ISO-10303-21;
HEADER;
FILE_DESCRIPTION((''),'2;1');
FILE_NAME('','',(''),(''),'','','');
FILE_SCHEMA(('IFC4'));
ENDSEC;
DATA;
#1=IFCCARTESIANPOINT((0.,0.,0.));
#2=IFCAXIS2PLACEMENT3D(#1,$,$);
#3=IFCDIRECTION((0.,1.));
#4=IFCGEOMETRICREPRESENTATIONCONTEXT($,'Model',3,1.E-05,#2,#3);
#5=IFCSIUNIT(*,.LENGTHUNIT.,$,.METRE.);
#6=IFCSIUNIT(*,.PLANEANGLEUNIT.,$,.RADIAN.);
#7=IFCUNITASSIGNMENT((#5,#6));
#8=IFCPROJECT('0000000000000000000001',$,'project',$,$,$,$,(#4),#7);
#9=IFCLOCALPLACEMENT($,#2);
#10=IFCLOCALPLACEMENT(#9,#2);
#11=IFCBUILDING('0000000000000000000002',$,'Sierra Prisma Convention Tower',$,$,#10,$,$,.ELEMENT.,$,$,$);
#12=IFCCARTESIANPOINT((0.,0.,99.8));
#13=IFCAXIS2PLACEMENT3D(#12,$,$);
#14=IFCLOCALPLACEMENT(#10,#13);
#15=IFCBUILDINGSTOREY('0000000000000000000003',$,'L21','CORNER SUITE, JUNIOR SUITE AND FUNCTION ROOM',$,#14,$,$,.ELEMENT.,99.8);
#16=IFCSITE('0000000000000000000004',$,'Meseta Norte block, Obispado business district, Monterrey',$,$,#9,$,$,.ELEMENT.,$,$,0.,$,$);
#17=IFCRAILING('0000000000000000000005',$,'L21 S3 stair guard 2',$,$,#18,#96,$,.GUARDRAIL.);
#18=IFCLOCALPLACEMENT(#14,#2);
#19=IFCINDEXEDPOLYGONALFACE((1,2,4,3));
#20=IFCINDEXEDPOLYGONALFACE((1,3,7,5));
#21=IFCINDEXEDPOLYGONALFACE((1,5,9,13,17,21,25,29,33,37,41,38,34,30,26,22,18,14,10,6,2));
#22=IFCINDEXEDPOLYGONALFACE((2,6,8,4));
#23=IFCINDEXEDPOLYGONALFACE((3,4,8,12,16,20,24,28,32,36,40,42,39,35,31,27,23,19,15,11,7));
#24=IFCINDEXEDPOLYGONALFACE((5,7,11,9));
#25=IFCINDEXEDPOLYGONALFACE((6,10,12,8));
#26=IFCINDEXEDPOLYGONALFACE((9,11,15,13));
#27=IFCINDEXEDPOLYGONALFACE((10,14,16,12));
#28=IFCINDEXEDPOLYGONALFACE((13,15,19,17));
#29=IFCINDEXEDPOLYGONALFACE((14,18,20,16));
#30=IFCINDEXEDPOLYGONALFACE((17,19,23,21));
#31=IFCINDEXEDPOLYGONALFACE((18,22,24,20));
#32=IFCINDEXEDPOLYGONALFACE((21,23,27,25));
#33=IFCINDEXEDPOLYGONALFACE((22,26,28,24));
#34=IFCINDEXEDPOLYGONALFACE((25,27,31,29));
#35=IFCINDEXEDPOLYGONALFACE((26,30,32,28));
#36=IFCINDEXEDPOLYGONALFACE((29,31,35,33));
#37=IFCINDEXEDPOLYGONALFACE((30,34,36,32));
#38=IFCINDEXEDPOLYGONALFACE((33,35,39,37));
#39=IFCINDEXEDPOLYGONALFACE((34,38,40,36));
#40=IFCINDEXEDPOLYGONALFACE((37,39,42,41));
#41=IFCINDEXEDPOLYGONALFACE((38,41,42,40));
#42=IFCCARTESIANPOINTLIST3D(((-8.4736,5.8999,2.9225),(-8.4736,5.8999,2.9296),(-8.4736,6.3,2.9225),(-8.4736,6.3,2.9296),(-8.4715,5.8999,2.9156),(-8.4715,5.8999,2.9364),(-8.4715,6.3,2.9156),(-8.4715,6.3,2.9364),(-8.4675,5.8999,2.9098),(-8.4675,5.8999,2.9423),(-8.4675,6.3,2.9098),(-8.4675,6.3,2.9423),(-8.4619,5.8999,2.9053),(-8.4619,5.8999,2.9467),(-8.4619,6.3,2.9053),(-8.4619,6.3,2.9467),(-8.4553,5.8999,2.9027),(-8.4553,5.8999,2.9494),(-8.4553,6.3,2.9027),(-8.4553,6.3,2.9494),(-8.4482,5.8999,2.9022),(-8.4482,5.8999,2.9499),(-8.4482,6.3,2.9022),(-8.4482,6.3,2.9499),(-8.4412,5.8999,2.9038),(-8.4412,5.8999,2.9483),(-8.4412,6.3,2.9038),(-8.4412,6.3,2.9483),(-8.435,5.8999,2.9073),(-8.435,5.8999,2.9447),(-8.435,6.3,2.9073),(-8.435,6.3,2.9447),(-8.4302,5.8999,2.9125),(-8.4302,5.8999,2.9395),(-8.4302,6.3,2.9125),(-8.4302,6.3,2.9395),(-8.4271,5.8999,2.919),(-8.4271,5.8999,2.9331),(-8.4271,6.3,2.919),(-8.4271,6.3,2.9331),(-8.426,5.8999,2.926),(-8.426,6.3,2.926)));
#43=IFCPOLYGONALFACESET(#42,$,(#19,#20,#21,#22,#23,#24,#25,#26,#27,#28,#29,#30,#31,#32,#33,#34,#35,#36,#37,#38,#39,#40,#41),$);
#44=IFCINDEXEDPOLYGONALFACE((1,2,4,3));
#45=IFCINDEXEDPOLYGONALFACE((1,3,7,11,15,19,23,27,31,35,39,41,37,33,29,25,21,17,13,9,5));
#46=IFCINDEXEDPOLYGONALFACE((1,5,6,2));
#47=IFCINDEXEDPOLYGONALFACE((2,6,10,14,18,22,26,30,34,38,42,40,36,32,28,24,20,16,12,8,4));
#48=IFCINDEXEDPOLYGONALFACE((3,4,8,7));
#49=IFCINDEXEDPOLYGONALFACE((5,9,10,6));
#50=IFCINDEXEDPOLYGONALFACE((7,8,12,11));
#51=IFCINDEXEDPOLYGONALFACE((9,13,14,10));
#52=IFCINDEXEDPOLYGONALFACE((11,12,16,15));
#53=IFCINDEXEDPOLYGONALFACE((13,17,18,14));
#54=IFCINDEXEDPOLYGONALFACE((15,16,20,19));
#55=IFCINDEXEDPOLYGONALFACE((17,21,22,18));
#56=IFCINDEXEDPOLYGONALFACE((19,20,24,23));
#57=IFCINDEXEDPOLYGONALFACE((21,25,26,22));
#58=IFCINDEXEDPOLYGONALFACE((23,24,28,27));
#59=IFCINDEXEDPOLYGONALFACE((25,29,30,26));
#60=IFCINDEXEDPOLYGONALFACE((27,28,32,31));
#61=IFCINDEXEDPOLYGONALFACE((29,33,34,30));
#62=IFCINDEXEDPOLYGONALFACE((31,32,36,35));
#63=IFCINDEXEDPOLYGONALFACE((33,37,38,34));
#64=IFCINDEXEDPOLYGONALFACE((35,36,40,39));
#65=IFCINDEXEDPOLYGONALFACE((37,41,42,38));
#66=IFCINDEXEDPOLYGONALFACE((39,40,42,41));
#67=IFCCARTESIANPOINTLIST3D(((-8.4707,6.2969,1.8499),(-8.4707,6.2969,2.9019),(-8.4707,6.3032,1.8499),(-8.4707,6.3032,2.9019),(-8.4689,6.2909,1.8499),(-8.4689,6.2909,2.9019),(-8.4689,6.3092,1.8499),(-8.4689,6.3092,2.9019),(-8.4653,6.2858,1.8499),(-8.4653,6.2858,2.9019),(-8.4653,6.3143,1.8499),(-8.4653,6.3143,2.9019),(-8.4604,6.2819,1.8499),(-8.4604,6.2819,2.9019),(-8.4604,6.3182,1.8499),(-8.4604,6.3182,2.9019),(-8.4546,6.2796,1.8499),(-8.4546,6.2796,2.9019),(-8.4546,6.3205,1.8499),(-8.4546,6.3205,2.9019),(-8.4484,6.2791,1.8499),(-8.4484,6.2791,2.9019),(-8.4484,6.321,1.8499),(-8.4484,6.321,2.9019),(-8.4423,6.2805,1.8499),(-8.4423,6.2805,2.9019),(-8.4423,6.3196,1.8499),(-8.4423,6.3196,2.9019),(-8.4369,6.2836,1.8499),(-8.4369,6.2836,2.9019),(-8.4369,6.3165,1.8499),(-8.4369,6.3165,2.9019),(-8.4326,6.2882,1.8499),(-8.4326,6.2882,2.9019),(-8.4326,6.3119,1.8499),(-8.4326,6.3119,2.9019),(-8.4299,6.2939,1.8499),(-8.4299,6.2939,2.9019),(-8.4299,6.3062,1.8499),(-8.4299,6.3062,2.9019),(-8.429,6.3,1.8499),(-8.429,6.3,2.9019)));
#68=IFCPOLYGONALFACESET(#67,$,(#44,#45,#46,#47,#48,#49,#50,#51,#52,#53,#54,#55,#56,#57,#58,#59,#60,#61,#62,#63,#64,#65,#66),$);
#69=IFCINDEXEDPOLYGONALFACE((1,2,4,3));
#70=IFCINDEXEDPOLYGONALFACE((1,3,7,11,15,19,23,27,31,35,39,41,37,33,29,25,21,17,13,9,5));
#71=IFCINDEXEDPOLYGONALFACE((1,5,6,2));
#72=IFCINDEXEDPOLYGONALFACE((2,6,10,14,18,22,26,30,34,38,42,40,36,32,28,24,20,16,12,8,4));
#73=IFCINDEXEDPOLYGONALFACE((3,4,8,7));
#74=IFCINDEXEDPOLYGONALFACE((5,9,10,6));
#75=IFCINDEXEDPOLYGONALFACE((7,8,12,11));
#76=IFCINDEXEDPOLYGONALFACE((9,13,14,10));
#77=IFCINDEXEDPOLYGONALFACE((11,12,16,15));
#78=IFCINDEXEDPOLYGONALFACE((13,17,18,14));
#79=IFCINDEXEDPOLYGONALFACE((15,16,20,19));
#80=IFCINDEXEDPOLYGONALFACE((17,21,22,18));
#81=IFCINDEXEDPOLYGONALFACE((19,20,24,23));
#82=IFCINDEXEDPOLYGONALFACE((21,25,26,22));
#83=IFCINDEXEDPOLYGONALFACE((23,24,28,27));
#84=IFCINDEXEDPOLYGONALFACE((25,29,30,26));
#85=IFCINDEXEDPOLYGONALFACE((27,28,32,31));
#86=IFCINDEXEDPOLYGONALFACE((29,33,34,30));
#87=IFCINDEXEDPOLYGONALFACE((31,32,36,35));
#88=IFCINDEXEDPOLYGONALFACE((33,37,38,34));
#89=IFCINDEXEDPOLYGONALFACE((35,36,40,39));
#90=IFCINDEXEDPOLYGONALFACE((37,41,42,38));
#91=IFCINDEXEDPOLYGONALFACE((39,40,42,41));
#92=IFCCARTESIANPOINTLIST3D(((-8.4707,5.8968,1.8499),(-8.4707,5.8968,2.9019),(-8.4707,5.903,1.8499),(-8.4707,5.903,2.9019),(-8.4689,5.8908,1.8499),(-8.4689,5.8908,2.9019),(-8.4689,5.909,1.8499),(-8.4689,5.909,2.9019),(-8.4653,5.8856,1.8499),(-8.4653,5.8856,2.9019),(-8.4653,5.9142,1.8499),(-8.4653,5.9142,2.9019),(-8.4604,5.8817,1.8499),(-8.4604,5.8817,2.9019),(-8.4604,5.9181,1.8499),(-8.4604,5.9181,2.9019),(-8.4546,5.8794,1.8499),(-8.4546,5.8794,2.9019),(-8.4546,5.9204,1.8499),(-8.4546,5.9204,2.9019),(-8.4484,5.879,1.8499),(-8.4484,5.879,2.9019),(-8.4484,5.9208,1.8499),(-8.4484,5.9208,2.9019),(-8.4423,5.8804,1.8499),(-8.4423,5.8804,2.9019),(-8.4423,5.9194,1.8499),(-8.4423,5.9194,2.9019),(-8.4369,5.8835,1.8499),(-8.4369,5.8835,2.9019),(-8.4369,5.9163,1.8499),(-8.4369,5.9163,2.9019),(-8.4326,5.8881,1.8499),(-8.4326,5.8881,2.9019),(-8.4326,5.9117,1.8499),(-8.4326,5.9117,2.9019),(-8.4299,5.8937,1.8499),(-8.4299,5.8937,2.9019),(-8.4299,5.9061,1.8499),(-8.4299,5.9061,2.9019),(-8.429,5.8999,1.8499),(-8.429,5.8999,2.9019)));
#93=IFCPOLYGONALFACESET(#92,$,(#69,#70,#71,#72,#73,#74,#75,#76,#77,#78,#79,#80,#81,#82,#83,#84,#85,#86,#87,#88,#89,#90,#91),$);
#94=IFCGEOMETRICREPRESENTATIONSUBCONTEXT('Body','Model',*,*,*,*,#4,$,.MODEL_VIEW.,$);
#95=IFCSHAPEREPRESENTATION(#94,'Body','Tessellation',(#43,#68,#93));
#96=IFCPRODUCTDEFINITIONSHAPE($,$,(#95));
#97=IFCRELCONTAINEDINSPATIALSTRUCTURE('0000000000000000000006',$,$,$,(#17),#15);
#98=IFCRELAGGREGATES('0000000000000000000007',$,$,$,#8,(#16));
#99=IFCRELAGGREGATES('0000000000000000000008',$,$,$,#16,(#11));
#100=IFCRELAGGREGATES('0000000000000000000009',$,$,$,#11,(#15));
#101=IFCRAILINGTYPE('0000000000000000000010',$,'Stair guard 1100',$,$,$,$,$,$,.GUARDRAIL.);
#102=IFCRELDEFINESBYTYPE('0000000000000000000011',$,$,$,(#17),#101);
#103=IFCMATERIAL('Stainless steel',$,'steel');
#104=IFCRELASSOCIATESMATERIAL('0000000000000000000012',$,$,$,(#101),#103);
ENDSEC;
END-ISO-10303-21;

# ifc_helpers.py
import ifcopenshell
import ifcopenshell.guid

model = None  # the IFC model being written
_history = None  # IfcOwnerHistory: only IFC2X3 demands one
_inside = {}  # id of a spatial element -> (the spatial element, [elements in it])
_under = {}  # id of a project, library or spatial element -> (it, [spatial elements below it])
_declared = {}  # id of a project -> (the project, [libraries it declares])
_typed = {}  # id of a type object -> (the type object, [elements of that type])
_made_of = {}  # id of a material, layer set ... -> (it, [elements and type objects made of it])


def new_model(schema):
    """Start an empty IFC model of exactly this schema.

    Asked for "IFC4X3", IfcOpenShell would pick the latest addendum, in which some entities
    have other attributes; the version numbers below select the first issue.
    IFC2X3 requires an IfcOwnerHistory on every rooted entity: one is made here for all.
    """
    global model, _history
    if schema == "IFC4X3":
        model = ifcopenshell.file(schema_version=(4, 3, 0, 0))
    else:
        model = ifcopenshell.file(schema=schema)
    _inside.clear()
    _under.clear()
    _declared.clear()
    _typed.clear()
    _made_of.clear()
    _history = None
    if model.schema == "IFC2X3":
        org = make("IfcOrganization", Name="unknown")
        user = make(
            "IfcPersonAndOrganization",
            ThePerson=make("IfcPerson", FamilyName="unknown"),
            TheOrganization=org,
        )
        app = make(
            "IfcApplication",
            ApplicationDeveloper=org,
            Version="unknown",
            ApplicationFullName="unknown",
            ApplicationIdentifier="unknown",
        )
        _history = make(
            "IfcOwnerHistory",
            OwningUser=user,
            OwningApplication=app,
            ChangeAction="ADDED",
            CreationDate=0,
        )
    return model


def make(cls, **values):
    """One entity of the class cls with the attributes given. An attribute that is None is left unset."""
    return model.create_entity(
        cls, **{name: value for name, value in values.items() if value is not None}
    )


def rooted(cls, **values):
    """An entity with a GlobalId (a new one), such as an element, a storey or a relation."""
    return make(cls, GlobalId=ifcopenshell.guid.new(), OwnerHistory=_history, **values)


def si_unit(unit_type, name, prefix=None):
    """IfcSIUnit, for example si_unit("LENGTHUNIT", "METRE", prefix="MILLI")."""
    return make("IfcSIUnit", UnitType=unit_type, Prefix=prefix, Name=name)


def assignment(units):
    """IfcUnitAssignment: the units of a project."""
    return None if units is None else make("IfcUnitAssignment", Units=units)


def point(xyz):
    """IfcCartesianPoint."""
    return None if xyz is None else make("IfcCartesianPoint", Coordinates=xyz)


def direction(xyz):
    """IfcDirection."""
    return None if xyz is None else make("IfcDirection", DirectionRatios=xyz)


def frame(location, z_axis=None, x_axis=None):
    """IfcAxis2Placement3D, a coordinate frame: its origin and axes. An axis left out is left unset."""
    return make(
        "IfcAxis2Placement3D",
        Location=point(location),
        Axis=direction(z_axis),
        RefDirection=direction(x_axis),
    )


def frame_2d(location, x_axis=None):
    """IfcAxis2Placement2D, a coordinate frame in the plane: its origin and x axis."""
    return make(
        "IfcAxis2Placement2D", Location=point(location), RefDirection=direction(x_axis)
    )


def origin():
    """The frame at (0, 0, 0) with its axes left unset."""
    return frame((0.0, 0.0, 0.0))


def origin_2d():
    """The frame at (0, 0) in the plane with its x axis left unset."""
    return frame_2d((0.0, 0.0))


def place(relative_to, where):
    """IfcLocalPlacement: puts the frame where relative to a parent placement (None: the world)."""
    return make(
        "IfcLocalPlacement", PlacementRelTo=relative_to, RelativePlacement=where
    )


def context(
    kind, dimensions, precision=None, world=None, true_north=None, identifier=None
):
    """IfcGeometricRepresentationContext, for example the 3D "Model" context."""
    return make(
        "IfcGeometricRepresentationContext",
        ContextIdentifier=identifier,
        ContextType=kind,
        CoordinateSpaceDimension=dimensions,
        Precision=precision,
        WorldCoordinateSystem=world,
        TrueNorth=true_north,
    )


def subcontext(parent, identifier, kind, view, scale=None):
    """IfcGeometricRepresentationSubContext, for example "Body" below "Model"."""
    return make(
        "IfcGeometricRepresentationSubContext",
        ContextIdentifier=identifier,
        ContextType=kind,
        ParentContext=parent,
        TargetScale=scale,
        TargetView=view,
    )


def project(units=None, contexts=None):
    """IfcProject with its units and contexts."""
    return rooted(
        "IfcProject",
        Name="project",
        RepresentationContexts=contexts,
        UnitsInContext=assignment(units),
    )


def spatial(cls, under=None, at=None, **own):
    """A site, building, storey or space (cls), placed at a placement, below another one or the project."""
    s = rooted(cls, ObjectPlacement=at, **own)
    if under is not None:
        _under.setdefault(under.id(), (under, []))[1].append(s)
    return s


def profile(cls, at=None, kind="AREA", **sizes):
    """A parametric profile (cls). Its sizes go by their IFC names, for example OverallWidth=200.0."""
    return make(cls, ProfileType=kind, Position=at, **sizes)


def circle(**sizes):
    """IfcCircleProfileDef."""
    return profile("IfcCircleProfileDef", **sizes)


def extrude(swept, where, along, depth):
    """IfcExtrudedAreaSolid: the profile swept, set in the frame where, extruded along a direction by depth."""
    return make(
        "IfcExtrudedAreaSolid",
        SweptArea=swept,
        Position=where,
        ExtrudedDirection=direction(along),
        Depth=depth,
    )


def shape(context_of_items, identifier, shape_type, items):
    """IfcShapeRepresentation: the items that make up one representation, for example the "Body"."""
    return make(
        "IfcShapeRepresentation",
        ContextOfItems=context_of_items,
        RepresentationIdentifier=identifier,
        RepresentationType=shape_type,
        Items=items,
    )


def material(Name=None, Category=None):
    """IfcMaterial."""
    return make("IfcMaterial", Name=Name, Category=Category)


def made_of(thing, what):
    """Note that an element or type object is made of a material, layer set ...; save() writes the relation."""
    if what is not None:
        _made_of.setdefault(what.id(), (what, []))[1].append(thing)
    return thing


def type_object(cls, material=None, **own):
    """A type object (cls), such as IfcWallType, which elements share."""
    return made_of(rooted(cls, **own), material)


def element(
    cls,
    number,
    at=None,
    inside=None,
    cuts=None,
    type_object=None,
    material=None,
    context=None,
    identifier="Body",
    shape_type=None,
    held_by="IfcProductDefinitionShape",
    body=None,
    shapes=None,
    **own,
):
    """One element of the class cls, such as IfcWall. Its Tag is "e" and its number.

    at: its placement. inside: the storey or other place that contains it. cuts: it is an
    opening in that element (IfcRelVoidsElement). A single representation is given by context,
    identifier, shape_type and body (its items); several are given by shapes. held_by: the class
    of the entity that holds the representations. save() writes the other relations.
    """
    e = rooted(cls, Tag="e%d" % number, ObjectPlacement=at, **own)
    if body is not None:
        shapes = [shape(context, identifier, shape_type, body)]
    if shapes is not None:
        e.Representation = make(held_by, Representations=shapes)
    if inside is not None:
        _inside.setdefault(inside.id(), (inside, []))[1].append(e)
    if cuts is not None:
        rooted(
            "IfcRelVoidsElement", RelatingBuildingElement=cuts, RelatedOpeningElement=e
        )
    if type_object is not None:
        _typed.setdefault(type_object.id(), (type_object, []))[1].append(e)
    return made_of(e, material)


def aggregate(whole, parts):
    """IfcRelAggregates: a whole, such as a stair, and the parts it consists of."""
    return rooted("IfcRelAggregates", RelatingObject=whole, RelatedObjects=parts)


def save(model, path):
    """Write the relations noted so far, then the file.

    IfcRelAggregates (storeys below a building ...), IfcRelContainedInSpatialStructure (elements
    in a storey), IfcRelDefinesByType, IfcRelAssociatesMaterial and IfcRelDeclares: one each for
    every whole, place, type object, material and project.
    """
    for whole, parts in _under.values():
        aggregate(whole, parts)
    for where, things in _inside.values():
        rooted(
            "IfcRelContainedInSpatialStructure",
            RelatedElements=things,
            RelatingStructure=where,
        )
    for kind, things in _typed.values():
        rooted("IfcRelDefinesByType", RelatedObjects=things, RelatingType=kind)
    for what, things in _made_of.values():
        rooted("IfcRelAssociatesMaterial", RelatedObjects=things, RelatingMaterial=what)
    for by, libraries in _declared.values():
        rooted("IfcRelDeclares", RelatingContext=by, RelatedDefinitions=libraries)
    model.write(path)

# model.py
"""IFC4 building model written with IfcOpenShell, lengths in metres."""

from ifc_helpers import new_model, si_unit, direction, frame, origin, origin_2d, place, context, subcontext, project, spatial, circle, extrude, material, type_object, element, save


model = new_model("IFC4")

# Units and contexts
model_context = context("Model", 3, precision=1e-05, world=origin(), true_north=direction((0.0, 1.0)))
body_context = subcontext(model_context, "Body", "Model", "MODEL_VIEW")
ifc_project = project(units=[si_unit("LENGTHUNIT", "METRE"), si_unit("PLANEANGLEUNIT", "RADIAN")], contexts=[model_context])

# Site, building, storey
site_placement = place(None, origin())
site = spatial("IfcSite", under=ifc_project, at=site_placement, Name="Meseta Norte block, Obispado business district, Monterrey", CompositionType="ELEMENT", RefElevation=0.0)
building_placement = place(site_placement, origin())
building = spatial("IfcBuilding", under=site, at=building_placement, Name="Sierra Prisma Convention Tower", CompositionType="ELEMENT")
storey_placement = place(building_placement, frame((0.0, 0.0, 99.8)))
storey = spatial("IfcBuildingStorey", under=building, at=storey_placement, Name="L21", Description="CORNER SUITE, JUNIOR SUITE AND FUNCTION ROOM", CompositionType="ELEMENT", Elevation=99.8)

# Railing
ifc_material_1 = material(Name="Stainless steel", Category="steel")
railing_type_1 = type_object("IfcRailingType", Name="Stair guard 1100", PredefinedType="GUARDRAIL", material=ifc_material_1)
railing_1_placement = place(storey_placement, frame((-8.45, 6.3, 1.8499)))
element("IfcRailing", 1, at=railing_1_placement, inside=storey, type_object=railing_type_1, Name="L21 S3 stair guard 2", PredefinedType="GUARDRAIL", context=body_context, shape_type="SweptSolid", body=[
    extrude(circle(Radius=0.0239, at=origin_2d()), frame((0.0, 0.0, 1.0762), z_axis=(0.0, -1.0, 0.0), x_axis=(1.0, 0.0, 0.0)), (0.0, 0.0, 1.0), 0.4001),
    extrude(circle(Radius=0.021, at=origin_2d()), origin(), (0.0, 0.0, 1.0), 1.052),
    extrude(circle(Radius=0.021, at=origin_2d()), frame((0.0, -0.4001, 0.0)), (0.0, 0.0, 1.0), 1.052),
])

save(model, "model.ifc")
